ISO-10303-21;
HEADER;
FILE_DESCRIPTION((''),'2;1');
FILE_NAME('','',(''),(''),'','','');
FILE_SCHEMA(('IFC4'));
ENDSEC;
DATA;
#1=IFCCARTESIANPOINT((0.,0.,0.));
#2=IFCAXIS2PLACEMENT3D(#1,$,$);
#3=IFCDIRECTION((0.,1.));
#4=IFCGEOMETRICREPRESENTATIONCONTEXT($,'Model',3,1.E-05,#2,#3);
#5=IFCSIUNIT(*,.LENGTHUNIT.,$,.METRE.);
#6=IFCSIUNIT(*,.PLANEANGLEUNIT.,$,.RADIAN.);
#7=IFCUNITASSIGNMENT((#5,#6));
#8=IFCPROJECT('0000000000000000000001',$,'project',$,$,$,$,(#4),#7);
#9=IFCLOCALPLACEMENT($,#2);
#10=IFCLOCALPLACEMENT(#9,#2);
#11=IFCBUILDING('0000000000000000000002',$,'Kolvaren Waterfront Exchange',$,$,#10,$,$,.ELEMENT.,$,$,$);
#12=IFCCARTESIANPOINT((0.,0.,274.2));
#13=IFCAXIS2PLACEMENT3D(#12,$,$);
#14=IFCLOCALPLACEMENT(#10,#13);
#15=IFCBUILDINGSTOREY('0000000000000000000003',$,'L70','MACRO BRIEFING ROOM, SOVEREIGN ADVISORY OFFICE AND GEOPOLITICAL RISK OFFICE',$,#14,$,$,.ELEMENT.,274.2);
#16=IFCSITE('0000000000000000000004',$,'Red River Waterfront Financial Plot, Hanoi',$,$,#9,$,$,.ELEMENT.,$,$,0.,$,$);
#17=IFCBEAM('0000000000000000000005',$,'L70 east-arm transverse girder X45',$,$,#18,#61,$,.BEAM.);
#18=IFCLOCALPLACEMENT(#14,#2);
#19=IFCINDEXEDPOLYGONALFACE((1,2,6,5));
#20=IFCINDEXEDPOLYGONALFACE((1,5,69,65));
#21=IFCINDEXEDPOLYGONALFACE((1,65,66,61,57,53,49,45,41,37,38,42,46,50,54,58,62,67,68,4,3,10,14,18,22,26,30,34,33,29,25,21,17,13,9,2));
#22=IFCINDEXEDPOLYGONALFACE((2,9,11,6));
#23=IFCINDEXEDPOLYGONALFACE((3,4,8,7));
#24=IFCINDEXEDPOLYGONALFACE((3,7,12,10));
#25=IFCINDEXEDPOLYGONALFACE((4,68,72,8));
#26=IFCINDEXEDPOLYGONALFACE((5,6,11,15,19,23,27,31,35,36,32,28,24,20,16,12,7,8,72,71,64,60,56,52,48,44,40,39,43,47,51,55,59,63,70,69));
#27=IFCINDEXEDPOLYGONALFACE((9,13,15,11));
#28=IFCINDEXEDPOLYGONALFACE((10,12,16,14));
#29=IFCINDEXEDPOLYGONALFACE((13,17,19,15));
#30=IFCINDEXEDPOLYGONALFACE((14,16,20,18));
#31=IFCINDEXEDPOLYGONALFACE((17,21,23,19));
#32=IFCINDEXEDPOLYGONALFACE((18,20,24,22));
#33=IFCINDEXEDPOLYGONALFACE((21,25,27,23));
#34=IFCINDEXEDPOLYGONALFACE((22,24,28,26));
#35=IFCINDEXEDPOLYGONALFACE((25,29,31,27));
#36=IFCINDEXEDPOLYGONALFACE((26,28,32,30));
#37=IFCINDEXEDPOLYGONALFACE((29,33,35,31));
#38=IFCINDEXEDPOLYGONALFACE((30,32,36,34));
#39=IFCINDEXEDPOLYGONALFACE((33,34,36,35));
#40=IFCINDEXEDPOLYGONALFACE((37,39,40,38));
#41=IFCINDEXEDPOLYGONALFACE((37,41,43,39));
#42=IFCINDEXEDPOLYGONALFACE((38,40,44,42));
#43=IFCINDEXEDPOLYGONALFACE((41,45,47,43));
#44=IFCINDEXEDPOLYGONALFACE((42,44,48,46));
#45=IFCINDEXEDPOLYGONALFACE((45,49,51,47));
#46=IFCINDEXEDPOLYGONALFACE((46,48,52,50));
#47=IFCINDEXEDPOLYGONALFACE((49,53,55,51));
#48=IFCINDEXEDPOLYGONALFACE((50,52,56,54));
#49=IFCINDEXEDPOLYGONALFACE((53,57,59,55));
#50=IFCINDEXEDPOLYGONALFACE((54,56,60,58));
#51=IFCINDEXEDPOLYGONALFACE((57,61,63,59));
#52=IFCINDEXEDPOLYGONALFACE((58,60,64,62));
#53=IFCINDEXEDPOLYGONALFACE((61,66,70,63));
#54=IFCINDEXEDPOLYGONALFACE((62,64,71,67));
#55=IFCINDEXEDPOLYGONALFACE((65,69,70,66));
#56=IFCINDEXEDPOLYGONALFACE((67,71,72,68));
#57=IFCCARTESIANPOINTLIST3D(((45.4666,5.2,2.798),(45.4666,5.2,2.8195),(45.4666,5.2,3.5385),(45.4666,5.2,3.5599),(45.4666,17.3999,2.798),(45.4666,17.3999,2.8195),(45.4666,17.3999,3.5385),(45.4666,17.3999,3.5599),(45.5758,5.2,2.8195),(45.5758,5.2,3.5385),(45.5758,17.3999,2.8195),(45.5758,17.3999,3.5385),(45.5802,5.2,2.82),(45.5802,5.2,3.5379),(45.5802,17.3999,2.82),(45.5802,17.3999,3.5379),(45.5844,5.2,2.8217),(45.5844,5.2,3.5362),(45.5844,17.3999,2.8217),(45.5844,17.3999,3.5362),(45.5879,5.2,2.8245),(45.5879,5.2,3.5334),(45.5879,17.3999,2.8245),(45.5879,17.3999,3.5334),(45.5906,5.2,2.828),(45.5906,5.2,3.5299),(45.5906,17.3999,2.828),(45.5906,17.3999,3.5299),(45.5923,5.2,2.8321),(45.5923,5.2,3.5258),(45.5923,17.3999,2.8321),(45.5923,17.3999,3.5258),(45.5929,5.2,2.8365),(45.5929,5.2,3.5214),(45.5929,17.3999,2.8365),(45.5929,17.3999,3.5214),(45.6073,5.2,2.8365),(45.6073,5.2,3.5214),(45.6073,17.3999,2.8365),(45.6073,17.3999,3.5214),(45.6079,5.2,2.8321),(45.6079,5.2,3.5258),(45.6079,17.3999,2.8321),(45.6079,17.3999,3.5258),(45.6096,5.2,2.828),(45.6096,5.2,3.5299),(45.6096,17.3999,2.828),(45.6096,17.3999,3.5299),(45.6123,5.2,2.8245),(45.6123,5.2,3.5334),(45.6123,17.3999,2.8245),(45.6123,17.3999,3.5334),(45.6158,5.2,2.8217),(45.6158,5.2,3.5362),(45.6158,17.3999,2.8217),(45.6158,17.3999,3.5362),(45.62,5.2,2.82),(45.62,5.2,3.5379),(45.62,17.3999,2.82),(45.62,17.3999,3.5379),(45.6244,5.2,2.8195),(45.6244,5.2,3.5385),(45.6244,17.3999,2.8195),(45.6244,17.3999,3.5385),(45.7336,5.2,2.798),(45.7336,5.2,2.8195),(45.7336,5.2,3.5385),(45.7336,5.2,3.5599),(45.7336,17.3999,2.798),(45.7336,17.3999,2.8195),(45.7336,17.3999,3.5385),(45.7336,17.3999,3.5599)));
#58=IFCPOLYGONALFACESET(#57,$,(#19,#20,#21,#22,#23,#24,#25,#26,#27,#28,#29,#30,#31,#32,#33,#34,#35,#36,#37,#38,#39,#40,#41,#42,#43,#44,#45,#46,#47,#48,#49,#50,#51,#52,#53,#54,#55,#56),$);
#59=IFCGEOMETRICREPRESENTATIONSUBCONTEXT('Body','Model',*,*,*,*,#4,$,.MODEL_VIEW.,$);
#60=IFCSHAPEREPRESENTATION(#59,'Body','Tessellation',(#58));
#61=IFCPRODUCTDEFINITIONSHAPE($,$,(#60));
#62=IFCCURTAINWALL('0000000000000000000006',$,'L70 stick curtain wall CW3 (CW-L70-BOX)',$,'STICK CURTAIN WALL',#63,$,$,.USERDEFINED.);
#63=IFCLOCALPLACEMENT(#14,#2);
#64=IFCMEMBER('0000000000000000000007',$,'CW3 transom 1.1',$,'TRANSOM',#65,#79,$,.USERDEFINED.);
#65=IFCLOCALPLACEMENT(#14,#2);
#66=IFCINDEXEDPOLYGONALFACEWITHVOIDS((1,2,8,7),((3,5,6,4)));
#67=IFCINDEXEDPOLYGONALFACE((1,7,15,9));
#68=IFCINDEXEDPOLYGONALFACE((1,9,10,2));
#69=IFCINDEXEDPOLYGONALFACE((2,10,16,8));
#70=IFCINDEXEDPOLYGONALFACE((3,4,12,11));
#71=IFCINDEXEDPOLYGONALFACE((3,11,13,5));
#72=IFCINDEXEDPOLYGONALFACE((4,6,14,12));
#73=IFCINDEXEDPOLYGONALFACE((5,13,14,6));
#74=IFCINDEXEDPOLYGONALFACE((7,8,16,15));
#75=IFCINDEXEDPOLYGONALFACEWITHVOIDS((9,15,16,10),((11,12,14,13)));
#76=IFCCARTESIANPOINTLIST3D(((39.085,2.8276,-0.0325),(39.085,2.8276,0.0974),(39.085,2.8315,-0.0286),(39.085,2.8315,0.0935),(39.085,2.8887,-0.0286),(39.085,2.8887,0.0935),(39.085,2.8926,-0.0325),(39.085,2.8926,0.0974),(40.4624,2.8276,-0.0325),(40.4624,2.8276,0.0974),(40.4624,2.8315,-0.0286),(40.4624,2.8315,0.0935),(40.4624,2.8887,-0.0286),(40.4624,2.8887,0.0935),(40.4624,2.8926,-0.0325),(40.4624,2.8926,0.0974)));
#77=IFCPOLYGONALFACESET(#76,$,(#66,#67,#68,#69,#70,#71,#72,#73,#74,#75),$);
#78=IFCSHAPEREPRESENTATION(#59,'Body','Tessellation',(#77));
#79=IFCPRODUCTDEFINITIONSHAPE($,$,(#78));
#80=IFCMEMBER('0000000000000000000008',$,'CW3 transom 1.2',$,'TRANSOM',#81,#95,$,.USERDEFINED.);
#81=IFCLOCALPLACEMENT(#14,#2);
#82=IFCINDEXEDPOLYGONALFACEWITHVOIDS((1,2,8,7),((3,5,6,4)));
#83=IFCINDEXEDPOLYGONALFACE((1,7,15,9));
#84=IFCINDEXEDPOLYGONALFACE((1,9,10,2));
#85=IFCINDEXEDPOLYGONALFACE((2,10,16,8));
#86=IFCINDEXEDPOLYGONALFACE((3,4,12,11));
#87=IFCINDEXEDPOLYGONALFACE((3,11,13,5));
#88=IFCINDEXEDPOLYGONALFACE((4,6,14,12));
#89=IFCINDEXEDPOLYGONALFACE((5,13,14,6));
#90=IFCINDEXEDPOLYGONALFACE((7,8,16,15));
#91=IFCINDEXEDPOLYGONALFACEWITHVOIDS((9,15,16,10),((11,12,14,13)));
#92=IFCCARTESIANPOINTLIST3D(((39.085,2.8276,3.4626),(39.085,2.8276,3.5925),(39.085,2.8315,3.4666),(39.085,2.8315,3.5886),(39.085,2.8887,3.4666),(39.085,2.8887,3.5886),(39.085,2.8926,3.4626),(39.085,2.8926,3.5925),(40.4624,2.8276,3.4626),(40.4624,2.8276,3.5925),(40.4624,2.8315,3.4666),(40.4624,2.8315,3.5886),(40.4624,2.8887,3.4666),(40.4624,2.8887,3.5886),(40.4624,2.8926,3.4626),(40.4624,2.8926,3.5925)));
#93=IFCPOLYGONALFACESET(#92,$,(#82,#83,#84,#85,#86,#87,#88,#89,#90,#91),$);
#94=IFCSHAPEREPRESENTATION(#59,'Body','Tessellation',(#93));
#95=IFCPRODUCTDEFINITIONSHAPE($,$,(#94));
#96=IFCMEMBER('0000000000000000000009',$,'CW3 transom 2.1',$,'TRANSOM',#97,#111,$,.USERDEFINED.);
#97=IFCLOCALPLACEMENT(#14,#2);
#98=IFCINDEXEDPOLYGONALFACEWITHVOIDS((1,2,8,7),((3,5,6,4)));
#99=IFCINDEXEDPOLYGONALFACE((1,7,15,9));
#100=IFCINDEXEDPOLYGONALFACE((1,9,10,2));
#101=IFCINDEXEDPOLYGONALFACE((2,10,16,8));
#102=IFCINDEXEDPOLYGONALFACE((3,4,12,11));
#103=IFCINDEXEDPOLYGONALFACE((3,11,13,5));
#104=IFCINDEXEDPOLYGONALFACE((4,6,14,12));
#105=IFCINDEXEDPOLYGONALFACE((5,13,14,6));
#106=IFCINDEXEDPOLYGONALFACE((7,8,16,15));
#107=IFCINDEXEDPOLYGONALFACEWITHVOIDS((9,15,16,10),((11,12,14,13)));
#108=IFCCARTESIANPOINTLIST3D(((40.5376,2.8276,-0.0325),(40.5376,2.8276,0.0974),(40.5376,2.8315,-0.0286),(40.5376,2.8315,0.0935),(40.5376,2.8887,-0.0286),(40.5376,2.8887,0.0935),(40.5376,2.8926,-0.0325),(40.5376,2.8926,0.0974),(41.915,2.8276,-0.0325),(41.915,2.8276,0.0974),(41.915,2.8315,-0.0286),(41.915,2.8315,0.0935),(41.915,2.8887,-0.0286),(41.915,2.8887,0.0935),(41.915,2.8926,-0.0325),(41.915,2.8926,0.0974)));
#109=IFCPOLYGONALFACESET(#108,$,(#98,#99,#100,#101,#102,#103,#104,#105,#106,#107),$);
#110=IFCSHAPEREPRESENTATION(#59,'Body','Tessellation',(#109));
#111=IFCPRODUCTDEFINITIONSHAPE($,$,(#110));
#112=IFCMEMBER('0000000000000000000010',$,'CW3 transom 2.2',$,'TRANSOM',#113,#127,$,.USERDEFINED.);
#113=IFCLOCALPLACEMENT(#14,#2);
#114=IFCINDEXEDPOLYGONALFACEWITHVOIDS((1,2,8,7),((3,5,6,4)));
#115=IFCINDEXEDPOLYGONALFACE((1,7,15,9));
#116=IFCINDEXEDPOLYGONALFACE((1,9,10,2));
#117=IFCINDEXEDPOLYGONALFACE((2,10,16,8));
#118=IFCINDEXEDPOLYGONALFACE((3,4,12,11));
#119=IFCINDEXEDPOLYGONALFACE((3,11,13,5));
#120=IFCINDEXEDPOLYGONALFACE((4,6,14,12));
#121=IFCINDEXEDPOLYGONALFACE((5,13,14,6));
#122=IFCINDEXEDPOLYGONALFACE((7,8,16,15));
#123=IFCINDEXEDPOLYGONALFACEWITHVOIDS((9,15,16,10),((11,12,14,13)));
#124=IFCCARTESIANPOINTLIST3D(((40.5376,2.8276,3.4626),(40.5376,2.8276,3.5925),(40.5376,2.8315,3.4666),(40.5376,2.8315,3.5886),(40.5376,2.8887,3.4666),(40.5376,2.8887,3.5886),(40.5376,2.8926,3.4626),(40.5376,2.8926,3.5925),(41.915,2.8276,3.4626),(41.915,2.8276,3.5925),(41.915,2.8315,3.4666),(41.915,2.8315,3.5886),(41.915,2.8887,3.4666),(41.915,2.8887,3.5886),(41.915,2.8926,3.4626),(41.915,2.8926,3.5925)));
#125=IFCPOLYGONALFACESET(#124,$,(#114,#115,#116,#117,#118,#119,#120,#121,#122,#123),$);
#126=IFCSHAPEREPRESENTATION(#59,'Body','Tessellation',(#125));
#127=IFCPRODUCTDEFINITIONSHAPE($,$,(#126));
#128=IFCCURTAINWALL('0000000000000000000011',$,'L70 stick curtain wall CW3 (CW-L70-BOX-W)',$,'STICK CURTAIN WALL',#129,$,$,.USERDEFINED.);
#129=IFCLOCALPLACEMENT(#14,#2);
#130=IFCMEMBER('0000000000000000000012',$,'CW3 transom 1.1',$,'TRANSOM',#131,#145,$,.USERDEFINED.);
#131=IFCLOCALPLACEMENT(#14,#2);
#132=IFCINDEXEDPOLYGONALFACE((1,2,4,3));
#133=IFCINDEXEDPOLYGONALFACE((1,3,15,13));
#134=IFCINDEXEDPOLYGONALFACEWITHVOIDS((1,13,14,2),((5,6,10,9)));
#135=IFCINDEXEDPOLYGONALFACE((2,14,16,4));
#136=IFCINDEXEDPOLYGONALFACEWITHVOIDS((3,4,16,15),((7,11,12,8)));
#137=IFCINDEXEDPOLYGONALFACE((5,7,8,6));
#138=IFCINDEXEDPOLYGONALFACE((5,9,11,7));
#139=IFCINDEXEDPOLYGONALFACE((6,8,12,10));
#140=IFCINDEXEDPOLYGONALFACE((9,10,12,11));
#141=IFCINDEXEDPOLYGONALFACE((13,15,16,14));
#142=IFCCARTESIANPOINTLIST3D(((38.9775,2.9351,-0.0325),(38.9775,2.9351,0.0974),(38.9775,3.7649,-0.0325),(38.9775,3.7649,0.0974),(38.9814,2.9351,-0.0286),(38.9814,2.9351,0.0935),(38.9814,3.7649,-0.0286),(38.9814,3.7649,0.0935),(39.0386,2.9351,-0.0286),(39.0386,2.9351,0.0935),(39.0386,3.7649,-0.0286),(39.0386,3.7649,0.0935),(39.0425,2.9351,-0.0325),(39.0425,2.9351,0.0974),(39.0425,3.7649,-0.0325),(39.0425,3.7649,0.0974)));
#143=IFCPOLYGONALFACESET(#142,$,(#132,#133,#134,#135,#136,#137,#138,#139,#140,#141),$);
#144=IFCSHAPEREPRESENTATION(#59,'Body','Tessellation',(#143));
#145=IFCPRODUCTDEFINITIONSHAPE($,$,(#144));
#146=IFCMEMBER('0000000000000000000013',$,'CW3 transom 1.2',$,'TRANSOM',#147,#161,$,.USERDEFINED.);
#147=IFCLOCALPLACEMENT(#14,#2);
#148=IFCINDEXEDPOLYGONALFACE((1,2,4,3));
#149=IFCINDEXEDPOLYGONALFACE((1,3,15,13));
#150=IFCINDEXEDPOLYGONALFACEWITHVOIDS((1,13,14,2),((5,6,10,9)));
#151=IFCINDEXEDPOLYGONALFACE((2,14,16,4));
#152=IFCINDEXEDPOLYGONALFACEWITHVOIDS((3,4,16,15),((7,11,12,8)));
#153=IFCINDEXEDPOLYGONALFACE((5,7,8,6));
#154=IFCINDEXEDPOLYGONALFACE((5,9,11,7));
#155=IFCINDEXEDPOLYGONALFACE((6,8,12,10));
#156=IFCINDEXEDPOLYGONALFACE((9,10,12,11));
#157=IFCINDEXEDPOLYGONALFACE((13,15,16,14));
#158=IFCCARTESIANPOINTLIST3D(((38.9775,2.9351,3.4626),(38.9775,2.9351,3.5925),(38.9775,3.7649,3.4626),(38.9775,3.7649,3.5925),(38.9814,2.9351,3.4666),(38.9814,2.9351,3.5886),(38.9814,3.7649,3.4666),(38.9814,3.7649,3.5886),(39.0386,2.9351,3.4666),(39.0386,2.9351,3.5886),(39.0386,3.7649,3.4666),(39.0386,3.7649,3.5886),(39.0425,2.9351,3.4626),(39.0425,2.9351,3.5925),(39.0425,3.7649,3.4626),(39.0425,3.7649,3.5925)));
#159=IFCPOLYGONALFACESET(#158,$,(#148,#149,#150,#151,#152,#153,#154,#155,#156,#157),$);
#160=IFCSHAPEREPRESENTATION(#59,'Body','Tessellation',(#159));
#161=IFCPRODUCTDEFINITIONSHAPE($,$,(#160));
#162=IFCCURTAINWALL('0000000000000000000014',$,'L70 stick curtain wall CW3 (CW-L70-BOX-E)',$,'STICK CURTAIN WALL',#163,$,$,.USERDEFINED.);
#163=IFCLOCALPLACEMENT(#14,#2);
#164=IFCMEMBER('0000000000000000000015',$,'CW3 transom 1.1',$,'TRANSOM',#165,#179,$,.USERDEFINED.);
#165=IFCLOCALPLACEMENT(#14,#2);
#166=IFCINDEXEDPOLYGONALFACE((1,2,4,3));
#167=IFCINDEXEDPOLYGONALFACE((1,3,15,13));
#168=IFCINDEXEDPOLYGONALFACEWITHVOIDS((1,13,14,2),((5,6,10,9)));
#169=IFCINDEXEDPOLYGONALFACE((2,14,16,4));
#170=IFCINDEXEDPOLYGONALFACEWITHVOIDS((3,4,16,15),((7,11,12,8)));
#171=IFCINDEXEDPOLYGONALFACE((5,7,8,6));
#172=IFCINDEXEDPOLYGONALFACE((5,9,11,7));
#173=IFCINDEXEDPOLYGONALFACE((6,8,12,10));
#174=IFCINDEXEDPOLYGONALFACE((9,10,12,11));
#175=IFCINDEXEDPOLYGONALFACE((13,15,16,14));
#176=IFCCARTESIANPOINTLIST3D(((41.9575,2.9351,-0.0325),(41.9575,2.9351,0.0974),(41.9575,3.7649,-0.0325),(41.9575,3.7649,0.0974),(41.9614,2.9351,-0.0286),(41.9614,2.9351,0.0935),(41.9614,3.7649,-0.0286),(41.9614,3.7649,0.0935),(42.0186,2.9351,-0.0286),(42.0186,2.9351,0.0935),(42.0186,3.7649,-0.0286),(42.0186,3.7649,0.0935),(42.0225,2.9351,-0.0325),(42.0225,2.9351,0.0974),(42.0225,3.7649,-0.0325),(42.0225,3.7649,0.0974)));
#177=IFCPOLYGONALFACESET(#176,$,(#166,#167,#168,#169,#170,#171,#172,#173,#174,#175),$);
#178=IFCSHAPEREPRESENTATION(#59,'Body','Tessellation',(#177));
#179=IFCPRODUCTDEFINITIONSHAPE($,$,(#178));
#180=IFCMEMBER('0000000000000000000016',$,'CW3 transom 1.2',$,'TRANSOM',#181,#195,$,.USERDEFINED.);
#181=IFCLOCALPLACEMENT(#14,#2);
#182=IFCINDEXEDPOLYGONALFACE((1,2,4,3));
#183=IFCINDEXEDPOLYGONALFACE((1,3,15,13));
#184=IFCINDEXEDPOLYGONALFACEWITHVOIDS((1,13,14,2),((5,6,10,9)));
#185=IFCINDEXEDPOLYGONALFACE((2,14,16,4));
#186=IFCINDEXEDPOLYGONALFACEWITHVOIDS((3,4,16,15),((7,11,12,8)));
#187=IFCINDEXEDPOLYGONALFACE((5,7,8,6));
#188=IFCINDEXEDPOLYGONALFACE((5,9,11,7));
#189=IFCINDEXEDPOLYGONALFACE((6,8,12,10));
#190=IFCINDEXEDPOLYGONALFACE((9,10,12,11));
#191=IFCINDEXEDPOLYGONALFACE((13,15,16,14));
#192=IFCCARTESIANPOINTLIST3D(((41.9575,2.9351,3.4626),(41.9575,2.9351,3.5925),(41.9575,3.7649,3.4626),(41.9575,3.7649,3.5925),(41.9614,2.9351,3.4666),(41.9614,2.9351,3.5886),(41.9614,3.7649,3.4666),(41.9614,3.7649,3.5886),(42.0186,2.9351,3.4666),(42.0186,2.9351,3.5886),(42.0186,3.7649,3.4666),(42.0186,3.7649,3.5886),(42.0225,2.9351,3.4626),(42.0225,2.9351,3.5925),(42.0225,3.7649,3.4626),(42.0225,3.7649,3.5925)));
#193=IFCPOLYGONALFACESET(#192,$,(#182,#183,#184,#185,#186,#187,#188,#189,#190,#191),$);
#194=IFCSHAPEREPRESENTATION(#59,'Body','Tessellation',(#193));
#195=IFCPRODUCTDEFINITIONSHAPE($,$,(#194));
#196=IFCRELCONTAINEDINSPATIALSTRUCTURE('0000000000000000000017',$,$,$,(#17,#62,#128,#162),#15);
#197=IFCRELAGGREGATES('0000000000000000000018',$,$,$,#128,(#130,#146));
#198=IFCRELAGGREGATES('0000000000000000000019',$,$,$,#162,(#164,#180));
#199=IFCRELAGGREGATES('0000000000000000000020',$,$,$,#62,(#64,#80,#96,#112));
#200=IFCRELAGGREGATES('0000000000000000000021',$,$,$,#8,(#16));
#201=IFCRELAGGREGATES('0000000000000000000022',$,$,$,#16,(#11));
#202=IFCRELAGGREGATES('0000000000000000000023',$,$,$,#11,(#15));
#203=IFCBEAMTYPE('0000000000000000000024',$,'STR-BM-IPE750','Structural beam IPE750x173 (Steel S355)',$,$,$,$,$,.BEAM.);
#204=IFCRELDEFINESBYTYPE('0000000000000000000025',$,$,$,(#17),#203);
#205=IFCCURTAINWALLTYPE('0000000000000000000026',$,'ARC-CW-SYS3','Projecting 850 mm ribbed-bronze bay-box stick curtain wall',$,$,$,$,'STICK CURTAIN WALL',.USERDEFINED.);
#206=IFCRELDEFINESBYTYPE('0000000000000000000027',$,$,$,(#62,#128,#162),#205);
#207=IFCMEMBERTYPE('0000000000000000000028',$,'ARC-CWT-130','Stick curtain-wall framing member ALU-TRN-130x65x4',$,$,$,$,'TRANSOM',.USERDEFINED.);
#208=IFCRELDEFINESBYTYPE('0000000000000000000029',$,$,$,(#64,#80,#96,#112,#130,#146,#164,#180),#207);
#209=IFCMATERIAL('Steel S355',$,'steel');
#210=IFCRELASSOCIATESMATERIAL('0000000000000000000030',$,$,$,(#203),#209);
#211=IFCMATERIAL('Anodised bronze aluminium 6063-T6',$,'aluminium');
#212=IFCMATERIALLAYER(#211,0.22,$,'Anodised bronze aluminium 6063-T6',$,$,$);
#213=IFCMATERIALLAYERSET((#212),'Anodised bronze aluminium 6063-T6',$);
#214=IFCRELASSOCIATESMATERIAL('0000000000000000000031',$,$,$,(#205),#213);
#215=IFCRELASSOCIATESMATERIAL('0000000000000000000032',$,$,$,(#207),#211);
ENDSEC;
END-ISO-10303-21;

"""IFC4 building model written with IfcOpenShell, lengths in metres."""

from ifc_helpers import new_model, si_unit, direction, frame, origin, origin_with_axes, origin_2d, place, context, subcontext, project, spatial, hollow_rectangle, i_section, extrude, source, transform, mapped, material, layer, layer_set, material_profile, profile_set, type_object, element, aggregate, save


model = new_model("IFC4")

# Units and contexts
model_context = context("Model", 3, precision=1e-05, world=origin(), true_north=direction((0.0, 1.0)))
body_context = subcontext(model_context, "Body", "Model", "MODEL_VIEW")
ifc_project = project(units=[si_unit("LENGTHUNIT", "METRE"), si_unit("PLANEANGLEUNIT", "RADIAN")], contexts=[model_context])

# Site, building, storey
site_placement = place(None, origin())
site = spatial("IfcSite", under=ifc_project, at=site_placement, Name="Red River Waterfront Financial Plot, Hanoi", CompositionType="ELEMENT", RefElevation=0.0)
building_placement = place(site_placement, origin())
building = spatial("IfcBuilding", under=site, at=building_placement, Name="Kolvaren Waterfront Exchange", CompositionType="ELEMENT")
storey_placement = place(building_placement, frame((0.0, 0.0, 274.2)))
storey = spatial("IfcBuildingStorey", under=building, at=storey_placement, Name="L70", Description="MACRO BRIEFING ROOM, SOVEREIGN ADVISORY OFFICE AND GEOPOLITICAL RISK OFFICE", CompositionType="ELEMENT", Elevation=274.2)

# Beam
ifc_material_1 = material(Name="Steel S355", Category="steel")
ifc_material_profile_1 = material_profile(ifc_material_1, i_section(OverallWidth=0.2671, OverallDepth=0.762, WebThickness=0.0144, FlangeThickness=0.0215, FilletRadius=0.0171, at=origin_2d()), Name="IPE750x173")
ifc_profile_set_1 = profile_set([ifc_material_profile_1], Name="Steel S355")
beam_type_1 = type_object("IfcBeamType", Name="STR-BM-IPE750", Description="Structural beam IPE750x173 (Steel S355)", PredefinedType="BEAM", material=ifc_profile_set_1)
for number, where, z_axis, x_axis, name in (
    (1, (45.6001, 5.2, 3.179), (0.0, 1.0, 0.0), (-1.0, 0.0, 0.0), "L70 east-arm transverse girder X45"),
):
    element("IfcBeam", number, at=place(storey_placement, frame(where, z_axis=z_axis, x_axis=x_axis)), inside=storey, type_object=beam_type_1, Name=name, PredefinedType="BEAM", context=body_context, shape_type="SweptSolid", body=[
        extrude(i_section(OverallWidth=0.2671, OverallDepth=0.762, WebThickness=0.0144, FlangeThickness=0.0215, FilletRadius=0.0171, at=origin_2d()), origin(), (0.0, 0.0, 1.0), 12.2),
    ])

# Curtain walls, members
ifc_material_2 = material(Name="Anodised bronze aluminium 6063-T6", Category="aluminium")
ifc_layer_1 = layer(ifc_material_2, 0.22, Name="Anodised bronze aluminium 6063-T6")
ifc_layer_set_1 = layer_set([ifc_layer_1], Name="Anodised bronze aluminium 6063-T6")
curtain_wall_type_1 = type_object("IfcCurtainWallType", Name="ARC-CW-SYS3", Description="Projecting 850 mm ribbed-bronze bay-box stick curtain wall", ElementType="STICK CURTAIN WALL", PredefinedType="USERDEFINED", material=ifc_layer_set_1)
curtain_wall_1_placement = place(storey_placement, origin())
curtain_wall_1 = element("IfcCurtainWall", 2, at=curtain_wall_1_placement, inside=storey, type_object=curtain_wall_type_1, Name="L70 stick curtain wall CW3 (CW-L70-BOX)", ObjectType="STICK CURTAIN WALL", PredefinedType="USERDEFINED")
ifc_material_profile_2 = material_profile(ifc_material_2, hollow_rectangle(XDim=0.0649, YDim=0.1299, WallThickness=0.0039, at=origin_2d()), Name="ALU-TRN-130x65x4")
ifc_profile_set_2 = profile_set([ifc_material_profile_2], Name="Anodised bronze aluminium 6063-T6")
member_type_1 = type_object("IfcMemberType", Name="ARC-CWT-130", Description="Stick curtain-wall framing member ALU-TRN-130x65x4", ElementType="TRANSOM", PredefinedType="USERDEFINED", material=ifc_profile_set_2)
shared_shape_1 = source(origin_with_axes(), body_context, "Body", "SweptSolid", [
    extrude(hollow_rectangle(XDim=0.0649, YDim=0.1299, WallThickness=0.0039, at=origin_2d()), origin(), (0.0, 0.0, 1.0), 1.3774),
])
member_1_placement = place(storey_placement, frame((39.085, 2.8601, 0.0325), z_axis=(1.0, 0.0, 0.0), x_axis=(0.0, 1.0, 0.0)))
member_1 = element("IfcMember", 3, at=member_1_placement, type_object=member_type_1, Name="CW3 transom 1.1", ObjectType="TRANSOM", PredefinedType="USERDEFINED", context=body_context, shape_type="MappedRepresentation", body=[
    mapped(shared_shape_1, transform((0.0, 0.0, 0.0), x_axis=(1.0, 0.0, 0.0), y_axis=(0.0, 1.0, 0.0), z_axis=(0.0, 0.0, 1.0), scale=1.0)),
])
member_2_placement = place(storey_placement, frame((39.085, 2.8601, 3.5276), z_axis=(1.0, 0.0, 0.0), x_axis=(0.0, 1.0, 0.0)))
member_2 = element("IfcMember", 4, at=member_2_placement, type_object=member_type_1, Name="CW3 transom 1.2", ObjectType="TRANSOM", PredefinedType="USERDEFINED", context=body_context, shape_type="MappedRepresentation", body=[
    mapped(shared_shape_1, transform((0.0, 0.0, 0.0), x_axis=(1.0, 0.0, 0.0), y_axis=(0.0, 1.0, 0.0), z_axis=(0.0, 0.0, 1.0), scale=1.0)),
])
member_3_placement = place(storey_placement, frame((40.5376, 2.8601, 0.0325), z_axis=(1.0, 0.0, 0.0), x_axis=(0.0, 1.0, 0.0)))
member_3 = element("IfcMember", 5, at=member_3_placement, type_object=member_type_1, Name="CW3 transom 2.1", ObjectType="TRANSOM", PredefinedType="USERDEFINED", context=body_context, shape_type="MappedRepresentation", body=[
    mapped(shared_shape_1, transform((0.0, 0.0, 0.0), x_axis=(1.0, 0.0, 0.0), y_axis=(0.0, 1.0, 0.0), z_axis=(0.0, 0.0, 1.0), scale=1.0)),
])
member_4_placement = place(storey_placement, frame((40.5376, 2.8601, 3.5276), z_axis=(1.0, 0.0, 0.0), x_axis=(0.0, 1.0, 0.0)))
member_4 = element("IfcMember", 6, at=member_4_placement, type_object=member_type_1, Name="CW3 transom 2.2", ObjectType="TRANSOM", PredefinedType="USERDEFINED", context=body_context, shape_type="MappedRepresentation", body=[
    mapped(shared_shape_1, transform((0.0, 0.0, 0.0), x_axis=(1.0, 0.0, 0.0), y_axis=(0.0, 1.0, 0.0), z_axis=(0.0, 0.0, 1.0), scale=1.0)),
])
curtain_wall_2_placement = place(storey_placement, origin())
curtain_wall_2 = element("IfcCurtainWall", 7, at=curtain_wall_2_placement, inside=storey, type_object=curtain_wall_type_1, Name="L70 stick curtain wall CW3 (CW-L70-BOX-W)", ObjectType="STICK CURTAIN WALL", PredefinedType="USERDEFINED")
shared_shape_2 = source(origin_with_axes(), body_context, "Body", "SweptSolid", [
    extrude(hollow_rectangle(XDim=0.0649, YDim=0.1299, WallThickness=0.0039, at=origin_2d()), origin(), (0.0, 0.0, 1.0), 0.8298),
])
member_5_placement = place(storey_placement, frame((39.01, 3.7649, 0.0325), z_axis=(0.0, -1.0, 0.0), x_axis=(1.0, 0.0, 0.0)))
member_5 = element("IfcMember", 8, at=member_5_placement, type_object=member_type_1, Name="CW3 transom 1.1", ObjectType="TRANSOM", PredefinedType="USERDEFINED", context=body_context, shape_type="MappedRepresentation", body=[
    mapped(shared_shape_2, transform((0.0, 0.0, 0.0), x_axis=(1.0, 0.0, 0.0), y_axis=(0.0, 1.0, 0.0), z_axis=(0.0, 0.0, 1.0), scale=1.0)),
])
member_6_placement = place(storey_placement, frame((39.01, 3.7649, 3.5276), z_axis=(0.0, -1.0, 0.0), x_axis=(1.0, 0.0, 0.0)))
member_6 = element("IfcMember", 9, at=member_6_placement, type_object=member_type_1, Name="CW3 transom 1.2", ObjectType="TRANSOM", PredefinedType="USERDEFINED", context=body_context, shape_type="MappedRepresentation", body=[
    mapped(shared_shape_2, transform((0.0, 0.0, 0.0), x_axis=(1.0, 0.0, 0.0), y_axis=(0.0, 1.0, 0.0), z_axis=(0.0, 0.0, 1.0), scale=1.0)),
])
curtain_wall_3_placement = place(storey_placement, origin())
curtain_wall_3 = element("IfcCurtainWall", 10, at=curtain_wall_3_placement, inside=storey, type_object=curtain_wall_type_1, Name="L70 stick curtain wall CW3 (CW-L70-BOX-E)", ObjectType="STICK CURTAIN WALL", PredefinedType="USERDEFINED")
member_7_placement = place(storey_placement, frame((41.99, 2.9351, 0.0325), z_axis=(0.0, 1.0, 0.0), x_axis=(-1.0, 0.0, 0.0)))
member_7 = element("IfcMember", 11, at=member_7_placement, type_object=member_type_1, Name="CW3 transom 1.1", ObjectType="TRANSOM", PredefinedType="USERDEFINED", context=body_context, shape_type="MappedRepresentation", body=[
    mapped(shared_shape_2, transform((0.0, 0.0, 0.0), x_axis=(1.0, 0.0, 0.0), y_axis=(0.0, 1.0, 0.0), z_axis=(0.0, 0.0, 1.0), scale=1.0)),
])
member_8_placement = place(storey_placement, frame((41.99, 2.9351, 3.5276), z_axis=(0.0, 1.0, 0.0), x_axis=(-1.0, 0.0, 0.0)))
member_8 = element("IfcMember", 12, at=member_8_placement, type_object=member_type_1, Name="CW3 transom 1.2", ObjectType="TRANSOM", PredefinedType="USERDEFINED", context=body_context, shape_type="MappedRepresentation", body=[
    mapped(shared_shape_2, transform((0.0, 0.0, 0.0), x_axis=(1.0, 0.0, 0.0), y_axis=(0.0, 1.0, 0.0), z_axis=(0.0, 0.0, 1.0), scale=1.0)),
])

aggregate(curtain_wall_2, [member_5, member_6])
aggregate(curtain_wall_3, [member_7, member_8])
aggregate(curtain_wall_1, [member_1, member_2, member_3, member_4])

save(model, "model.ifc")
